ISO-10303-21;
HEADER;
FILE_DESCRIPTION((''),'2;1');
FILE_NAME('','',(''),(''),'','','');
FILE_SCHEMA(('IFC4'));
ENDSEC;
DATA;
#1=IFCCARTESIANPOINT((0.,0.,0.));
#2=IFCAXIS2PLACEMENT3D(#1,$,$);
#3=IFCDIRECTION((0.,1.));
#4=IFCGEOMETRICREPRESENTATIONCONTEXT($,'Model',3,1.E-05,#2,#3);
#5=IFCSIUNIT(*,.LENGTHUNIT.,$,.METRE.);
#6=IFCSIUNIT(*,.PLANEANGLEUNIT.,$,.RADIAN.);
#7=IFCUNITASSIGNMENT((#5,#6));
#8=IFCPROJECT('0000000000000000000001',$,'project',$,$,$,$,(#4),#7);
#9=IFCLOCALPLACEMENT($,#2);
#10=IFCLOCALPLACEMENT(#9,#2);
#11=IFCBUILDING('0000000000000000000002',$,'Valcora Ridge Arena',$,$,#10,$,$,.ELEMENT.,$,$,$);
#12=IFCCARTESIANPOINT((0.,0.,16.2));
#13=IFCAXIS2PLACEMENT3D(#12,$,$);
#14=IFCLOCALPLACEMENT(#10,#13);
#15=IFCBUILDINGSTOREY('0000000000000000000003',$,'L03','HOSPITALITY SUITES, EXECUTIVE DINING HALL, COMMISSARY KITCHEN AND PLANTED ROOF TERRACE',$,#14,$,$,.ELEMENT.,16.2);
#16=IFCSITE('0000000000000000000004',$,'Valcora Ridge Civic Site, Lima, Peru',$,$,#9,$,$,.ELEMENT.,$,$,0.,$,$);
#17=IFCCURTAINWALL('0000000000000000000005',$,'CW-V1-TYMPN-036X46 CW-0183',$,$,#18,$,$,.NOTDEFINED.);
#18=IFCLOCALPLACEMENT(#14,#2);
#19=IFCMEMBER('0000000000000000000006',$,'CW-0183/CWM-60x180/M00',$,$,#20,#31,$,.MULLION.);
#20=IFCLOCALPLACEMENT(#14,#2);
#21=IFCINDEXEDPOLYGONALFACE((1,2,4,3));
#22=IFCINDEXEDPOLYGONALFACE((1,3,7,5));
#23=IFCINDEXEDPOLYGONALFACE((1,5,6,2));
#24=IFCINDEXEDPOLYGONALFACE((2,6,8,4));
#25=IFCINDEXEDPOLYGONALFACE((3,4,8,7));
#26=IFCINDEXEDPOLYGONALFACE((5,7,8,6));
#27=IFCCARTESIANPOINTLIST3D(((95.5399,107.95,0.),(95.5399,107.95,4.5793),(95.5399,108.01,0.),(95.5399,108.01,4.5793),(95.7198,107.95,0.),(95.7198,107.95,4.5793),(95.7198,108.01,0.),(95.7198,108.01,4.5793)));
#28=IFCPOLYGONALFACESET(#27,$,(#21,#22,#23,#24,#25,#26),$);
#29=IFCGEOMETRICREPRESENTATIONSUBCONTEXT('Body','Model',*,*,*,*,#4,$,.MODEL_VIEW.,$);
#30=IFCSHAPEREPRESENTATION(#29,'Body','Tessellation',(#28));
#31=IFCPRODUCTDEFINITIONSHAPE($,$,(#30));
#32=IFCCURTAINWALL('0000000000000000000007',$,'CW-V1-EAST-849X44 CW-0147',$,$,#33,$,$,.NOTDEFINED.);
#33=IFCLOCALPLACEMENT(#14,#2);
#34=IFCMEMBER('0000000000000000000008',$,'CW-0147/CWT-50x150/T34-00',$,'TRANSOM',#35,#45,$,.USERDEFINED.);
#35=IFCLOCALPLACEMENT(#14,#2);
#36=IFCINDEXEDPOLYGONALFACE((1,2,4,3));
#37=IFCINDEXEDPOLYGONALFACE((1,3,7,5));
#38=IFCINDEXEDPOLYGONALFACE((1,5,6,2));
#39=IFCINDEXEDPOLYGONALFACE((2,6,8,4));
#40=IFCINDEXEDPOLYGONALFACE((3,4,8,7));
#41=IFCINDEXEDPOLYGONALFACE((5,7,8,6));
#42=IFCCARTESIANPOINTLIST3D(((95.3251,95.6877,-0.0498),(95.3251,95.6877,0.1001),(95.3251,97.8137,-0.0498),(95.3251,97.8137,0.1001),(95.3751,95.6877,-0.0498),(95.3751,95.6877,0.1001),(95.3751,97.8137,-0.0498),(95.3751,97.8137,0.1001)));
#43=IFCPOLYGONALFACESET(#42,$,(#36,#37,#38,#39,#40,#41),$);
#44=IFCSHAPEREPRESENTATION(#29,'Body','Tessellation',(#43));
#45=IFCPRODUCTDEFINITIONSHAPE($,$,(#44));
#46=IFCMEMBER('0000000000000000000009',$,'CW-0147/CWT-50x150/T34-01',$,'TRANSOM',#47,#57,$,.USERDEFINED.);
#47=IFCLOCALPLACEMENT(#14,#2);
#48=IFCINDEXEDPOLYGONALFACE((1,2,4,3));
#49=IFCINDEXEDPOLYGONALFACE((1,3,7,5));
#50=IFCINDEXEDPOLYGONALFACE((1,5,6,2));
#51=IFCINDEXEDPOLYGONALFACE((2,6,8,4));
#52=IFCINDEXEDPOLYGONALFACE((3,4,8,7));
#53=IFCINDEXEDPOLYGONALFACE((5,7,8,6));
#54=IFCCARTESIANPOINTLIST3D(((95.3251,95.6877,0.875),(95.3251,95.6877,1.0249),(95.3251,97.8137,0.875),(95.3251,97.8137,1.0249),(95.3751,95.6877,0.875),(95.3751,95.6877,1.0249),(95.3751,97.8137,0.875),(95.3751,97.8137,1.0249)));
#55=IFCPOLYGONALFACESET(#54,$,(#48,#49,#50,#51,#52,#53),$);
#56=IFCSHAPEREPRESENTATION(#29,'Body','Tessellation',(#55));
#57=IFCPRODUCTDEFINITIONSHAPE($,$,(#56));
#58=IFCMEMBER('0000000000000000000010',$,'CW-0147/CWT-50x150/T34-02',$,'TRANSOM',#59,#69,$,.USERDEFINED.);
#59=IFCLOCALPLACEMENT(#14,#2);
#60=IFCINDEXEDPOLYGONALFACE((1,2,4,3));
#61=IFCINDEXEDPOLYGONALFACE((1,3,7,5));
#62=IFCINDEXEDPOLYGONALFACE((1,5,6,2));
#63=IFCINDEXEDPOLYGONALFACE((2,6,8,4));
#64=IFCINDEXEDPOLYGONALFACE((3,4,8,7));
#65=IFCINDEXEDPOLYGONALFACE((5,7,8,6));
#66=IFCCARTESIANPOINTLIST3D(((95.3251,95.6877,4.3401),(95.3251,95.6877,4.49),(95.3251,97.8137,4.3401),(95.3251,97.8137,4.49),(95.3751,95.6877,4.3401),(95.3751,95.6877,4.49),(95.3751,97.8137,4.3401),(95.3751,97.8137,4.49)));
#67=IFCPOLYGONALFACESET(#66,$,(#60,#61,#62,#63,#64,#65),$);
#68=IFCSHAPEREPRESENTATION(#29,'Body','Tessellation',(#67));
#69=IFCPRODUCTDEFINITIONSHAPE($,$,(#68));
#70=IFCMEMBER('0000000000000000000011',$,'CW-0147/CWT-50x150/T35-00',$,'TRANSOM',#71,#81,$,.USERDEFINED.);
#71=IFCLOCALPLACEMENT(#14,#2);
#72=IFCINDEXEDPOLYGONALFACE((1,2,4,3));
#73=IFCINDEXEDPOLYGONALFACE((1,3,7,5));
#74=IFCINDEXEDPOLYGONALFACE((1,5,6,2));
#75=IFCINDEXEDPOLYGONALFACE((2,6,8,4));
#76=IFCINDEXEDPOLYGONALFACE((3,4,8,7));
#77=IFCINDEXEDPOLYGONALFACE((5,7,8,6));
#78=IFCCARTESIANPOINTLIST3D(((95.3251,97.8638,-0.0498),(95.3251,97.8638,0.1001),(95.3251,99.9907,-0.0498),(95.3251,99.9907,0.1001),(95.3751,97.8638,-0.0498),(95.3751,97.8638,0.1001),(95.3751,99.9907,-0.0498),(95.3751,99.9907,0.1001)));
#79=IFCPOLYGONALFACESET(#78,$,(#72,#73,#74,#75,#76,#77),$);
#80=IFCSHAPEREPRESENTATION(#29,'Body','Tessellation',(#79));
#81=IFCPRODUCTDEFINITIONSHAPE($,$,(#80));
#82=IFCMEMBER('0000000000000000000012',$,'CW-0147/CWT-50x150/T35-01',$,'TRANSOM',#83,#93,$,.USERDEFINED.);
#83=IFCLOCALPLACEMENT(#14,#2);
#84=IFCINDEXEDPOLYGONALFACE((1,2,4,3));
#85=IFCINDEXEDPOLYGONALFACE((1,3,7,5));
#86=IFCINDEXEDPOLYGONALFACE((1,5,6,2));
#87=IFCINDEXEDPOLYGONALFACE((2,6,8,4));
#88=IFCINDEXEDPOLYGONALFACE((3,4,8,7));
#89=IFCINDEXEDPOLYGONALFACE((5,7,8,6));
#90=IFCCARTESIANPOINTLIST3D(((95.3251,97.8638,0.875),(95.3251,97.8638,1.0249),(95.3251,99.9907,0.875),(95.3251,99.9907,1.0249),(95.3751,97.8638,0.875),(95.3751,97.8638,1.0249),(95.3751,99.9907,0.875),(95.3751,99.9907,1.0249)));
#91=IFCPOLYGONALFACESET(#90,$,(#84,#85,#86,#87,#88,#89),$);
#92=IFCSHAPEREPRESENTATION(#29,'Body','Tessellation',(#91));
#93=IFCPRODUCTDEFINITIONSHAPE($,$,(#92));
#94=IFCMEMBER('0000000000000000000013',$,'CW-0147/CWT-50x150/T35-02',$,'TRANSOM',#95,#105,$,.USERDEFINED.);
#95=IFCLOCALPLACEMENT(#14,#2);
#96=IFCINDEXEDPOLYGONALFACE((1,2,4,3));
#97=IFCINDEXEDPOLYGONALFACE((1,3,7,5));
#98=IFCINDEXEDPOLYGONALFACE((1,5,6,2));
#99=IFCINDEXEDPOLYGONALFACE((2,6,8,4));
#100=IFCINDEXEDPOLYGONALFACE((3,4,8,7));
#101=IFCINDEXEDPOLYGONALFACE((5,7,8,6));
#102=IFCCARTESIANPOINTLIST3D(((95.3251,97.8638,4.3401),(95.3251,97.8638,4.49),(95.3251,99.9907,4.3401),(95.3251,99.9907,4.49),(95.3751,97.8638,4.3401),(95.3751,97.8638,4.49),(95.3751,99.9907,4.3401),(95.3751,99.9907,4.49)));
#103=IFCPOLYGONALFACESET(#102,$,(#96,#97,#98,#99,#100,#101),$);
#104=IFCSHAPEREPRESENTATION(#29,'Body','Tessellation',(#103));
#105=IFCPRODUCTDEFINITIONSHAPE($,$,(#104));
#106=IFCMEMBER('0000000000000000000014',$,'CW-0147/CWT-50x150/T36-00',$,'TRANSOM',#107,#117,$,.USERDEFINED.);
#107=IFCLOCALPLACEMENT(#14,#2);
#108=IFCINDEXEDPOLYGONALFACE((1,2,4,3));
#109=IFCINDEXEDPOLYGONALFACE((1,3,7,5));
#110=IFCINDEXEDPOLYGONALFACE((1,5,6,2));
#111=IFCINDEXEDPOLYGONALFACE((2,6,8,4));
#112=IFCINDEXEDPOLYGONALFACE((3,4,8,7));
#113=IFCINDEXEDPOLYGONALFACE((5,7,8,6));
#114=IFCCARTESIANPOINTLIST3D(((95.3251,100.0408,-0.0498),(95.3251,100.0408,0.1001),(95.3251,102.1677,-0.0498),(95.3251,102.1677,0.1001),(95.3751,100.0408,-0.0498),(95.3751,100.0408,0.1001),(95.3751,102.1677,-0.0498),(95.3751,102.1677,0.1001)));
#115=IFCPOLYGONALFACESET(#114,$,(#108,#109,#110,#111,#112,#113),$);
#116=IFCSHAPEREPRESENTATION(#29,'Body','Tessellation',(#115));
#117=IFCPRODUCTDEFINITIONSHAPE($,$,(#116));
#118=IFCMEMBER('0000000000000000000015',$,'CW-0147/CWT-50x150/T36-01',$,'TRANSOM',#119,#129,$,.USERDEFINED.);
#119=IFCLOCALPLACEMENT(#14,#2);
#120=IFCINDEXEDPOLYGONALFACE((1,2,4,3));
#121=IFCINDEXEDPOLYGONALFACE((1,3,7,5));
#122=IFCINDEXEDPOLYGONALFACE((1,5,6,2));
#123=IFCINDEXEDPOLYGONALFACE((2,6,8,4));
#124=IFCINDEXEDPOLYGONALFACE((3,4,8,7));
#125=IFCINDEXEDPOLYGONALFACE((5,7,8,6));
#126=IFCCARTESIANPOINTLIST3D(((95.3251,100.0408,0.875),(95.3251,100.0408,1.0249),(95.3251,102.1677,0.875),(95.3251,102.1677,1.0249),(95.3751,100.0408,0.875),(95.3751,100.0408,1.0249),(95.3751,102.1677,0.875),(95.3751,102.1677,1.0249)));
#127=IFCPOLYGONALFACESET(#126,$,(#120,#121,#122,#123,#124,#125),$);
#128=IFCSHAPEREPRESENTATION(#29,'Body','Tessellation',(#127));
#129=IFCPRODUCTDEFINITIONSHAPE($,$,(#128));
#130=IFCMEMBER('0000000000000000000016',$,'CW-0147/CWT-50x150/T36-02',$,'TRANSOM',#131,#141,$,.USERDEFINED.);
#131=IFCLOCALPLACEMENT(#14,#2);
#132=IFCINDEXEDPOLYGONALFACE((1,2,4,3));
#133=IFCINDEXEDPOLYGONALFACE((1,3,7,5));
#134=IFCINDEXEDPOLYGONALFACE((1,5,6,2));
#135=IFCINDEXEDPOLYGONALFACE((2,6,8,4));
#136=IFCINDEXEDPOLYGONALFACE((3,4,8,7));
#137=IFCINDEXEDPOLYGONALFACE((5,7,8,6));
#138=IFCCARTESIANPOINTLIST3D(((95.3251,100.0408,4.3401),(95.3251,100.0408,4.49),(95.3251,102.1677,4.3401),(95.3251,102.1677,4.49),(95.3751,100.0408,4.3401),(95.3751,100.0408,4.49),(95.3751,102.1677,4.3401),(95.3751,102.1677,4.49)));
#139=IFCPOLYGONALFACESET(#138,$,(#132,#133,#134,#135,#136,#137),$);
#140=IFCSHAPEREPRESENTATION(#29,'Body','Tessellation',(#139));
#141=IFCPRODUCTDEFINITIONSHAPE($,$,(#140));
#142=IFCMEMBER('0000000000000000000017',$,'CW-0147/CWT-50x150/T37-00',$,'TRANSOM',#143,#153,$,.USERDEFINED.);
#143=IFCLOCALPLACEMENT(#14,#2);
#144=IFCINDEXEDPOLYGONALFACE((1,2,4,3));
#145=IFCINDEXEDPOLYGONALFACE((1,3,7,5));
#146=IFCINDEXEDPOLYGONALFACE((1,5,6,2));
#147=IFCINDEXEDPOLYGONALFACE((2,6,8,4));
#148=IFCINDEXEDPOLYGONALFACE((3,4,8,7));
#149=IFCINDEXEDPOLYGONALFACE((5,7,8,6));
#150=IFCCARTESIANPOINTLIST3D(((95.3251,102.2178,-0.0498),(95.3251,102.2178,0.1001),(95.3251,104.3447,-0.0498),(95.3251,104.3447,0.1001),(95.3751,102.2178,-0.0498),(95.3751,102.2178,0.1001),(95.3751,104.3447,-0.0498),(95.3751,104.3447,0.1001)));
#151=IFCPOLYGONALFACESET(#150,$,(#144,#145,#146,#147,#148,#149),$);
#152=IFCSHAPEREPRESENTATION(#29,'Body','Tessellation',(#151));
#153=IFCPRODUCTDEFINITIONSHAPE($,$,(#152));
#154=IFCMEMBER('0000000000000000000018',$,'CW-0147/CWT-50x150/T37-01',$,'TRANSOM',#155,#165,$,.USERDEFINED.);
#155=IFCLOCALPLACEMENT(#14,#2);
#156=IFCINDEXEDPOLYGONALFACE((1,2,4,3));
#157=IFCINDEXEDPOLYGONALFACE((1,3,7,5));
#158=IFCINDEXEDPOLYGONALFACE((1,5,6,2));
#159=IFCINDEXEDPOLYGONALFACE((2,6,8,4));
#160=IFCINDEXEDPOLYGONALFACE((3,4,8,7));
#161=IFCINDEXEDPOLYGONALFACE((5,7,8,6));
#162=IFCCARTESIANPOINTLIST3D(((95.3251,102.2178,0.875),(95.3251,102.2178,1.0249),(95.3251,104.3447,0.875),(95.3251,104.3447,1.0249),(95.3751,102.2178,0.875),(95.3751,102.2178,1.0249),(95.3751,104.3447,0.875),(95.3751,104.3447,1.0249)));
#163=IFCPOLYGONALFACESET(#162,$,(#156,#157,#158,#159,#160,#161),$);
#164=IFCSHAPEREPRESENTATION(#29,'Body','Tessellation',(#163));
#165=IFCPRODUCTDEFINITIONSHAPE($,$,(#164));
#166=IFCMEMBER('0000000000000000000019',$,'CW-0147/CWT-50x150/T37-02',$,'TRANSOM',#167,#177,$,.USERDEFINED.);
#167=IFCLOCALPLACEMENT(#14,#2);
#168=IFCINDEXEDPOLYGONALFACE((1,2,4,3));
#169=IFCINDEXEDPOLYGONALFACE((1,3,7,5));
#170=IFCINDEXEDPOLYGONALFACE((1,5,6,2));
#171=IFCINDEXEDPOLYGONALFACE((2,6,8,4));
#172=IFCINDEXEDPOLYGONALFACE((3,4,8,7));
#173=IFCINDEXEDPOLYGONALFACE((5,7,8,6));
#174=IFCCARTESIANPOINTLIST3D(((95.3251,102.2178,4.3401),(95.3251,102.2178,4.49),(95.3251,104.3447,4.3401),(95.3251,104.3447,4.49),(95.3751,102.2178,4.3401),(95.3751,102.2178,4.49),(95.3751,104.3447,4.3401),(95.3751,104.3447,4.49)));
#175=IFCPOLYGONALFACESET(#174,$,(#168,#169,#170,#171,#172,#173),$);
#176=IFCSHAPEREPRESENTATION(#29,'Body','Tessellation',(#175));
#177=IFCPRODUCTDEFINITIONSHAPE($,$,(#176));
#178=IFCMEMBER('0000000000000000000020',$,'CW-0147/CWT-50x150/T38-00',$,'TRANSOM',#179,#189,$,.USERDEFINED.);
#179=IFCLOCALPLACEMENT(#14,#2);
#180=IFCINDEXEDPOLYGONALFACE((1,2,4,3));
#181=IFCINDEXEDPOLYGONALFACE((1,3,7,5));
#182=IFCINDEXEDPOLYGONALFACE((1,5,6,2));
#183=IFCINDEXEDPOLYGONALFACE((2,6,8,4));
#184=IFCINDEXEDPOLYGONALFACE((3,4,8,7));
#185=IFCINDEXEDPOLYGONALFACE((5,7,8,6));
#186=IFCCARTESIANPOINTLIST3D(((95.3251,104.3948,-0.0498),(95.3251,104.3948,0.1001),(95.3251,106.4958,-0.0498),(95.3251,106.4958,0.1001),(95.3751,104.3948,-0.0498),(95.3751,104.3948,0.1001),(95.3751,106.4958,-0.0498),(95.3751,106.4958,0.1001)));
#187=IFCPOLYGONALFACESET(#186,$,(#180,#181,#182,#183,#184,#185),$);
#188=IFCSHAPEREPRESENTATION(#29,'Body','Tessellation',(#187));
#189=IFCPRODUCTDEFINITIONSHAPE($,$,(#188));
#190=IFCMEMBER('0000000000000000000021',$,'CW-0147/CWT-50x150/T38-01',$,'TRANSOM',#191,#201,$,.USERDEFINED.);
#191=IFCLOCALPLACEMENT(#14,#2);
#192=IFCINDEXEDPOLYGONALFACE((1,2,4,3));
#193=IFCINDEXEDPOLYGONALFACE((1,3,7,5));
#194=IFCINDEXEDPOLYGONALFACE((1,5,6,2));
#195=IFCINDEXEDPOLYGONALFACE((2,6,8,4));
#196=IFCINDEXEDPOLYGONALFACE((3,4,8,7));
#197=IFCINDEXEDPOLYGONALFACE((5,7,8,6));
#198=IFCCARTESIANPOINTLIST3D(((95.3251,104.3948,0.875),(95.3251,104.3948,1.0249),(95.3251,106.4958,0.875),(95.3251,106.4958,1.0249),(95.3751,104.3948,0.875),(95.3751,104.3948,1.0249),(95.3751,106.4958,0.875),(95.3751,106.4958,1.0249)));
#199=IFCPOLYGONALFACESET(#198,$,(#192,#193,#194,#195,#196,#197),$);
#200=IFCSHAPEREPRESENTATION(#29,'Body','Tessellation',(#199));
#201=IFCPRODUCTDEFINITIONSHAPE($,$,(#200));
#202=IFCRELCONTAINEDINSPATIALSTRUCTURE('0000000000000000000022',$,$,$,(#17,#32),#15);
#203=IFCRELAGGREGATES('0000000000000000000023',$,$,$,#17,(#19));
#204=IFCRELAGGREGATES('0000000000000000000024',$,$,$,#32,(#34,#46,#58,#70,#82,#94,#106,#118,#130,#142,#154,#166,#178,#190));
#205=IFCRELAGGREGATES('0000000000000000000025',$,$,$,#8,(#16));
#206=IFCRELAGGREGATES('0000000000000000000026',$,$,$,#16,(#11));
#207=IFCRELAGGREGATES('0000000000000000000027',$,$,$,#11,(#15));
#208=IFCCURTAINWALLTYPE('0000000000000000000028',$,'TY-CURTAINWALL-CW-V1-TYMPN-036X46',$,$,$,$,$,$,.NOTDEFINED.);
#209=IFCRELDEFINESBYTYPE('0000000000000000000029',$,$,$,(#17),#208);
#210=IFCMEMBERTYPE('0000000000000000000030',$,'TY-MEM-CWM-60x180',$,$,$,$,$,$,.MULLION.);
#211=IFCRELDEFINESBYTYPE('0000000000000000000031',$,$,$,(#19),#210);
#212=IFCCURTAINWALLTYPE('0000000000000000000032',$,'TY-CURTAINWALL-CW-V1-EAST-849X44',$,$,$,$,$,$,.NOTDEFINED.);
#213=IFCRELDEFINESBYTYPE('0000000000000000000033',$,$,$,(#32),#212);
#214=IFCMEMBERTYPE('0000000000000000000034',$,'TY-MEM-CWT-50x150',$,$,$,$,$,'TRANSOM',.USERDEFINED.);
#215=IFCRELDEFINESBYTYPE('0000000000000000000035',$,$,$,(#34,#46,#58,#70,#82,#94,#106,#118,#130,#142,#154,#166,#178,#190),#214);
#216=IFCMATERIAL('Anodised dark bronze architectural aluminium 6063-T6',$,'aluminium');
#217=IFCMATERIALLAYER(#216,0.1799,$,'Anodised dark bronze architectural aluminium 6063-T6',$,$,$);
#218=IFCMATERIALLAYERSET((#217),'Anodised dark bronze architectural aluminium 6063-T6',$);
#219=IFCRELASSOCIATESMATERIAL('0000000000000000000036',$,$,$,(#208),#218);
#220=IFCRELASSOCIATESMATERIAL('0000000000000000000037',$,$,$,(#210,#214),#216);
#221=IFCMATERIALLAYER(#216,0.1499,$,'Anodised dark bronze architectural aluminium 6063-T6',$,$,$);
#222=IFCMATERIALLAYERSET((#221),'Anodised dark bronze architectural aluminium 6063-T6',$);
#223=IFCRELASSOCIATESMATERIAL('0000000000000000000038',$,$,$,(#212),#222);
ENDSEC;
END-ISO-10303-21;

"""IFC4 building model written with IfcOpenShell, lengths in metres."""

from ifc_helpers import new_model, si_unit, direction, frame, origin, origin_2d, place, context, subcontext, project, spatial, rectangle, extrude, material, layer, layer_set, material_profile, profile_set, type_object, element, aggregate, save


model = new_model("IFC4")

# Units and contexts
model_context = context("Model", 3, precision=1e-05, world=origin(), true_north=direction((0.0, 1.0)))
body_context = subcontext(model_context, "Body", "Model", "MODEL_VIEW")
ifc_project = project(units=[si_unit("LENGTHUNIT", "METRE"), si_unit("PLANEANGLEUNIT", "RADIAN")], contexts=[model_context])

# Site, building, storey
site_placement = place(None, origin())
site = spatial("IfcSite", under=ifc_project, at=site_placement, Name="Valcora Ridge Civic Site, Lima, Peru", CompositionType="ELEMENT", RefElevation=0.0)
building_placement = place(site_placement, origin())
building = spatial("IfcBuilding", under=site, at=building_placement, Name="Valcora Ridge Arena", CompositionType="ELEMENT")
storey_placement = place(building_placement, frame((0.0, 0.0, 16.2)))
storey = spatial("IfcBuildingStorey", under=building, at=storey_placement, Name="L03", Description="HOSPITALITY SUITES, EXECUTIVE DINING HALL, COMMISSARY KITCHEN AND PLANTED ROOF TERRACE", CompositionType="ELEMENT", Elevation=16.2)

# Curtain wall, member
ifc_material_1 = material(Name="Anodised dark bronze architectural aluminium 6063-T6", Category="aluminium")
ifc_layer_1 = layer(ifc_material_1, 0.1799, Name="Anodised dark bronze architectural aluminium 6063-T6")
ifc_layer_set_1 = layer_set([ifc_layer_1], Name="Anodised dark bronze architectural aluminium 6063-T6")
curtain_wall_type_1 = type_object("IfcCurtainWallType", Name="TY-CURTAINWALL-CW-V1-TYMPN-036X46", PredefinedType="NOTDEFINED", material=ifc_layer_set_1)
curtain_wall_1_placement = place(storey_placement, origin())
curtain_wall_1 = element("IfcCurtainWall", 1, at=curtain_wall_1_placement, inside=storey, type_object=curtain_wall_type_1, Name="CW-V1-TYMPN-036X46 CW-0183", PredefinedType="NOTDEFINED")
ifc_material_profile_1 = material_profile(ifc_material_1, rectangle(XDim=0.0601, YDim=0.1799, at=origin_2d()), Name="ALU MULLION 60x180")
ifc_profile_set_1 = profile_set([ifc_material_profile_1], Name="Anodised dark bronze architectural aluminium 6063-T6")
member_type_1 = type_object("IfcMemberType", Name="TY-MEM-CWM-60x180", PredefinedType="MULLION", material=ifc_profile_set_1)
member_1_placement = place(storey_placement, frame((95.6299, 107.98, 0.0), z_axis=(0.0, 0.0, 1.0), x_axis=(0.0, 1.0, 0.0)))
member_1 = element("IfcMember", 2, at=member_1_placement, type_object=member_type_1, Name="CW-0183/CWM-60x180/M00", PredefinedType="MULLION", context=body_context, shape_type="SweptSolid", body=[
    extrude(rectangle(XDim=0.0601, YDim=0.1799, at=origin_2d()), origin(), (0.0, 0.0, 1.0), 4.5793),
])

# Curtain wall, members
ifc_layer_2 = layer(ifc_material_1, 0.1499, Name="Anodised dark bronze architectural aluminium 6063-T6")
ifc_layer_set_2 = layer_set([ifc_layer_2], Name="Anodised dark bronze architectural aluminium 6063-T6")
curtain_wall_type_2 = type_object("IfcCurtainWallType", Name="TY-CURTAINWALL-CW-V1-EAST-849X44", PredefinedType="NOTDEFINED", material=ifc_layer_set_2)
curtain_wall_2_placement = place(storey_placement, origin())
curtain_wall_2 = element("IfcCurtainWall", 3, at=curtain_wall_2_placement, inside=storey, type_object=curtain_wall_type_2, Name="CW-V1-EAST-849X44 CW-0147", PredefinedType="NOTDEFINED")
ifc_material_profile_2 = material_profile(ifc_material_1, rectangle(XDim=0.05, YDim=0.1499, at=origin_2d()), Name="ALU TRANSOM 50x150")
ifc_profile_set_2 = profile_set([ifc_material_profile_2], Name="Anodised dark bronze architectural aluminium 6063-T6")
member_type_2 = type_object("IfcMemberType", Name="TY-MEM-CWT-50x150", ElementType="TRANSOM", PredefinedType="USERDEFINED", material=ifc_profile_set_2)
member_2_placement = place(storey_placement, frame((95.3501, 95.6877, 0.0251), z_axis=(0.0, 1.0, 0.0), x_axis=(-1.0, 0.0, 0.0)))
member_2 = element("IfcMember", 4, at=member_2_placement, type_object=member_type_2, Name="CW-0147/CWT-50x150/T34-00", ObjectType="TRANSOM", PredefinedType="USERDEFINED", context=body_context, shape_type="SweptSolid", body=[
    extrude(rectangle(XDim=0.05, YDim=0.1499, at=origin_2d()), origin(), (0.0, 0.0, 1.0), 2.126),
])
member_3_placement = place(storey_placement, frame((95.3501, 95.6877, 0.95), z_axis=(0.0, 1.0, 0.0), x_axis=(-1.0, 0.0, 0.0)))
member_3 = element("IfcMember", 5, at=member_3_placement, type_object=member_type_2, Name="CW-0147/CWT-50x150/T34-01", ObjectType="TRANSOM", PredefinedType="USERDEFINED", context=body_context, shape_type="SweptSolid", body=[
    extrude(rectangle(XDim=0.05, YDim=0.1499, at=origin_2d()), origin(), (0.0, 0.0, 1.0), 2.126),
])
member_4_placement = place(storey_placement, frame((95.3501, 95.6877, 4.415), z_axis=(0.0, 1.0, 0.0), x_axis=(-1.0, 0.0, 0.0)))
member_4 = element("IfcMember", 6, at=member_4_placement, type_object=member_type_2, Name="CW-0147/CWT-50x150/T34-02", ObjectType="TRANSOM", PredefinedType="USERDEFINED", context=body_context, shape_type="SweptSolid", body=[
    extrude(rectangle(XDim=0.05, YDim=0.1499, at=origin_2d()), origin(), (0.0, 0.0, 1.0), 2.126),
])
member_5_placement = place(storey_placement, frame((95.3501, 97.8638, 0.0251), z_axis=(0.0, 1.0, 0.0), x_axis=(-1.0, 0.0, 0.0)))
member_5 = element("IfcMember", 7, at=member_5_placement, type_object=member_type_2, Name="CW-0147/CWT-50x150/T35-00", ObjectType="TRANSOM", PredefinedType="USERDEFINED", context=body_context, shape_type="SweptSolid", body=[
    extrude(rectangle(XDim=0.05, YDim=0.1499, at=origin_2d()), origin(), (0.0, 0.0, 1.0), 2.127),
])
member_6_placement = place(storey_placement, frame((95.3501, 97.8638, 0.95), z_axis=(0.0, 1.0, 0.0), x_axis=(-1.0, 0.0, 0.0)))
member_6 = element("IfcMember", 8, at=member_6_placement, type_object=member_type_2, Name="CW-0147/CWT-50x150/T35-01", ObjectType="TRANSOM", PredefinedType="USERDEFINED", context=body_context, shape_type="SweptSolid", body=[
    extrude(rectangle(XDim=0.05, YDim=0.1499, at=origin_2d()), origin(), (0.0, 0.0, 1.0), 2.127),
])
member_7_placement = place(storey_placement, frame((95.3501, 97.8638, 4.415), z_axis=(0.0, 1.0, 0.0), x_axis=(-1.0, 0.0, 0.0)))
member_7 = element("IfcMember", 9, at=member_7_placement, type_object=member_type_2, Name="CW-0147/CWT-50x150/T35-02", ObjectType="TRANSOM", PredefinedType="USERDEFINED", context=body_context, shape_type="SweptSolid", body=[
    extrude(rectangle(XDim=0.05, YDim=0.1499, at=origin_2d()), origin(), (0.0, 0.0, 1.0), 2.127),
])
member_8_placement = place(storey_placement, frame((95.3501, 100.0408, 0.0251), z_axis=(0.0, 1.0, 0.0), x_axis=(-1.0, 0.0, 0.0)))
member_8 = element("IfcMember", 10, at=member_8_placement, type_object=member_type_2, Name="CW-0147/CWT-50x150/T36-00", ObjectType="TRANSOM", PredefinedType="USERDEFINED", context=body_context, shape_type="SweptSolid", body=[
    extrude(rectangle(XDim=0.05, YDim=0.1499, at=origin_2d()), origin(), (0.0, 0.0, 1.0), 2.127),
])
member_9_placement = place(storey_placement, frame((95.3501, 100.0408, 0.95), z_axis=(0.0, 1.0, 0.0), x_axis=(-1.0, 0.0, 0.0)))
member_9 = element("IfcMember", 11, at=member_9_placement, type_object=member_type_2, Name="CW-0147/CWT-50x150/T36-01", ObjectType="TRANSOM", PredefinedType="USERDEFINED", context=body_context, shape_type="SweptSolid", body=[
    extrude(rectangle(XDim=0.05, YDim=0.1499, at=origin_2d()), origin(), (0.0, 0.0, 1.0), 2.127),
])
member_10_placement = place(storey_placement, frame((95.3501, 100.0408, 4.415), z_axis=(0.0, 1.0, 0.0), x_axis=(-1.0, 0.0, 0.0)))
member_10 = element("IfcMember", 12, at=member_10_placement, type_object=member_type_2, Name="CW-0147/CWT-50x150/T36-02", ObjectType="TRANSOM", PredefinedType="USERDEFINED", context=body_context, shape_type="SweptSolid", body=[
    extrude(rectangle(XDim=0.05, YDim=0.1499, at=origin_2d()), origin(), (0.0, 0.0, 1.0), 2.127),
])
member_11_placement = place(storey_placement, frame((95.3501, 102.2178, 0.0251), z_axis=(0.0, 1.0, 0.0), x_axis=(-1.0, 0.0, 0.0)))
member_11 = element("IfcMember", 13, at=member_11_placement, type_object=member_type_2, Name="CW-0147/CWT-50x150/T37-00", ObjectType="TRANSOM", PredefinedType="USERDEFINED", context=body_context, shape_type="SweptSolid", body=[
    extrude(rectangle(XDim=0.05, YDim=0.1499, at=origin_2d()), origin(), (0.0, 0.0, 1.0), 2.127),
])
member_12_placement = place(storey_placement, frame((95.3501, 102.2178, 0.95), z_axis=(0.0, 1.0, 0.0), x_axis=(-1.0, 0.0, 0.0)))
member_12 = element("IfcMember", 14, at=member_12_placement, type_object=member_type_2, Name="CW-0147/CWT-50x150/T37-01", ObjectType="TRANSOM", PredefinedType="USERDEFINED", context=body_context, shape_type="SweptSolid", body=[
    extrude(rectangle(XDim=0.05, YDim=0.1499, at=origin_2d()), origin(), (0.0, 0.0, 1.0), 2.127),
])
member_13_placement = place(storey_placement, frame((95.3501, 102.2178, 4.415), z_axis=(0.0, 1.0, 0.0), x_axis=(-1.0, 0.0, 0.0)))
member_13 = element("IfcMember", 15, at=member_13_placement, type_object=member_type_2, Name="CW-0147/CWT-50x150/T37-02", ObjectType="TRANSOM", PredefinedType="USERDEFINED", context=body_context, shape_type="SweptSolid", body=[
    extrude(rectangle(XDim=0.05, YDim=0.1499, at=origin_2d()), origin(), (0.0, 0.0, 1.0), 2.127),
])
member_14_placement = place(storey_placement, frame((95.3501, 104.3948, 0.0251), z_axis=(0.0, 1.0, 0.0), x_axis=(-1.0, 0.0, 0.0)))
member_14 = element("IfcMember", 16, at=member_14_placement, type_object=member_type_2, Name="CW-0147/CWT-50x150/T38-00", ObjectType="TRANSOM", PredefinedType="USERDEFINED", context=body_context, shape_type="SweptSolid", body=[
    extrude(rectangle(XDim=0.05, YDim=0.1499, at=origin_2d()), origin(), (0.0, 0.0, 1.0), 2.1011),
])
member_15_placement = place(storey_placement, frame((95.3501, 104.3948, 0.95), z_axis=(0.0, 1.0, 0.0), x_axis=(-1.0, 0.0, 0.0)))
member_15 = element("IfcMember", 17, at=member_15_placement, type_object=member_type_2, Name="CW-0147/CWT-50x150/T38-01", ObjectType="TRANSOM", PredefinedType="USERDEFINED", context=body_context, shape_type="SweptSolid", body=[
    extrude(rectangle(XDim=0.05, YDim=0.1499, at=origin_2d()), origin(), (0.0, 0.0, 1.0), 2.1011),
])

aggregate(curtain_wall_1, [member_1])

aggregate(curtain_wall_2, [member_2, member_3, member_4, member_5, member_6, member_7, member_8, member_9, member_10, member_11, member_12, member_13, member_14, member_15])

save(model, "model.ifc")
